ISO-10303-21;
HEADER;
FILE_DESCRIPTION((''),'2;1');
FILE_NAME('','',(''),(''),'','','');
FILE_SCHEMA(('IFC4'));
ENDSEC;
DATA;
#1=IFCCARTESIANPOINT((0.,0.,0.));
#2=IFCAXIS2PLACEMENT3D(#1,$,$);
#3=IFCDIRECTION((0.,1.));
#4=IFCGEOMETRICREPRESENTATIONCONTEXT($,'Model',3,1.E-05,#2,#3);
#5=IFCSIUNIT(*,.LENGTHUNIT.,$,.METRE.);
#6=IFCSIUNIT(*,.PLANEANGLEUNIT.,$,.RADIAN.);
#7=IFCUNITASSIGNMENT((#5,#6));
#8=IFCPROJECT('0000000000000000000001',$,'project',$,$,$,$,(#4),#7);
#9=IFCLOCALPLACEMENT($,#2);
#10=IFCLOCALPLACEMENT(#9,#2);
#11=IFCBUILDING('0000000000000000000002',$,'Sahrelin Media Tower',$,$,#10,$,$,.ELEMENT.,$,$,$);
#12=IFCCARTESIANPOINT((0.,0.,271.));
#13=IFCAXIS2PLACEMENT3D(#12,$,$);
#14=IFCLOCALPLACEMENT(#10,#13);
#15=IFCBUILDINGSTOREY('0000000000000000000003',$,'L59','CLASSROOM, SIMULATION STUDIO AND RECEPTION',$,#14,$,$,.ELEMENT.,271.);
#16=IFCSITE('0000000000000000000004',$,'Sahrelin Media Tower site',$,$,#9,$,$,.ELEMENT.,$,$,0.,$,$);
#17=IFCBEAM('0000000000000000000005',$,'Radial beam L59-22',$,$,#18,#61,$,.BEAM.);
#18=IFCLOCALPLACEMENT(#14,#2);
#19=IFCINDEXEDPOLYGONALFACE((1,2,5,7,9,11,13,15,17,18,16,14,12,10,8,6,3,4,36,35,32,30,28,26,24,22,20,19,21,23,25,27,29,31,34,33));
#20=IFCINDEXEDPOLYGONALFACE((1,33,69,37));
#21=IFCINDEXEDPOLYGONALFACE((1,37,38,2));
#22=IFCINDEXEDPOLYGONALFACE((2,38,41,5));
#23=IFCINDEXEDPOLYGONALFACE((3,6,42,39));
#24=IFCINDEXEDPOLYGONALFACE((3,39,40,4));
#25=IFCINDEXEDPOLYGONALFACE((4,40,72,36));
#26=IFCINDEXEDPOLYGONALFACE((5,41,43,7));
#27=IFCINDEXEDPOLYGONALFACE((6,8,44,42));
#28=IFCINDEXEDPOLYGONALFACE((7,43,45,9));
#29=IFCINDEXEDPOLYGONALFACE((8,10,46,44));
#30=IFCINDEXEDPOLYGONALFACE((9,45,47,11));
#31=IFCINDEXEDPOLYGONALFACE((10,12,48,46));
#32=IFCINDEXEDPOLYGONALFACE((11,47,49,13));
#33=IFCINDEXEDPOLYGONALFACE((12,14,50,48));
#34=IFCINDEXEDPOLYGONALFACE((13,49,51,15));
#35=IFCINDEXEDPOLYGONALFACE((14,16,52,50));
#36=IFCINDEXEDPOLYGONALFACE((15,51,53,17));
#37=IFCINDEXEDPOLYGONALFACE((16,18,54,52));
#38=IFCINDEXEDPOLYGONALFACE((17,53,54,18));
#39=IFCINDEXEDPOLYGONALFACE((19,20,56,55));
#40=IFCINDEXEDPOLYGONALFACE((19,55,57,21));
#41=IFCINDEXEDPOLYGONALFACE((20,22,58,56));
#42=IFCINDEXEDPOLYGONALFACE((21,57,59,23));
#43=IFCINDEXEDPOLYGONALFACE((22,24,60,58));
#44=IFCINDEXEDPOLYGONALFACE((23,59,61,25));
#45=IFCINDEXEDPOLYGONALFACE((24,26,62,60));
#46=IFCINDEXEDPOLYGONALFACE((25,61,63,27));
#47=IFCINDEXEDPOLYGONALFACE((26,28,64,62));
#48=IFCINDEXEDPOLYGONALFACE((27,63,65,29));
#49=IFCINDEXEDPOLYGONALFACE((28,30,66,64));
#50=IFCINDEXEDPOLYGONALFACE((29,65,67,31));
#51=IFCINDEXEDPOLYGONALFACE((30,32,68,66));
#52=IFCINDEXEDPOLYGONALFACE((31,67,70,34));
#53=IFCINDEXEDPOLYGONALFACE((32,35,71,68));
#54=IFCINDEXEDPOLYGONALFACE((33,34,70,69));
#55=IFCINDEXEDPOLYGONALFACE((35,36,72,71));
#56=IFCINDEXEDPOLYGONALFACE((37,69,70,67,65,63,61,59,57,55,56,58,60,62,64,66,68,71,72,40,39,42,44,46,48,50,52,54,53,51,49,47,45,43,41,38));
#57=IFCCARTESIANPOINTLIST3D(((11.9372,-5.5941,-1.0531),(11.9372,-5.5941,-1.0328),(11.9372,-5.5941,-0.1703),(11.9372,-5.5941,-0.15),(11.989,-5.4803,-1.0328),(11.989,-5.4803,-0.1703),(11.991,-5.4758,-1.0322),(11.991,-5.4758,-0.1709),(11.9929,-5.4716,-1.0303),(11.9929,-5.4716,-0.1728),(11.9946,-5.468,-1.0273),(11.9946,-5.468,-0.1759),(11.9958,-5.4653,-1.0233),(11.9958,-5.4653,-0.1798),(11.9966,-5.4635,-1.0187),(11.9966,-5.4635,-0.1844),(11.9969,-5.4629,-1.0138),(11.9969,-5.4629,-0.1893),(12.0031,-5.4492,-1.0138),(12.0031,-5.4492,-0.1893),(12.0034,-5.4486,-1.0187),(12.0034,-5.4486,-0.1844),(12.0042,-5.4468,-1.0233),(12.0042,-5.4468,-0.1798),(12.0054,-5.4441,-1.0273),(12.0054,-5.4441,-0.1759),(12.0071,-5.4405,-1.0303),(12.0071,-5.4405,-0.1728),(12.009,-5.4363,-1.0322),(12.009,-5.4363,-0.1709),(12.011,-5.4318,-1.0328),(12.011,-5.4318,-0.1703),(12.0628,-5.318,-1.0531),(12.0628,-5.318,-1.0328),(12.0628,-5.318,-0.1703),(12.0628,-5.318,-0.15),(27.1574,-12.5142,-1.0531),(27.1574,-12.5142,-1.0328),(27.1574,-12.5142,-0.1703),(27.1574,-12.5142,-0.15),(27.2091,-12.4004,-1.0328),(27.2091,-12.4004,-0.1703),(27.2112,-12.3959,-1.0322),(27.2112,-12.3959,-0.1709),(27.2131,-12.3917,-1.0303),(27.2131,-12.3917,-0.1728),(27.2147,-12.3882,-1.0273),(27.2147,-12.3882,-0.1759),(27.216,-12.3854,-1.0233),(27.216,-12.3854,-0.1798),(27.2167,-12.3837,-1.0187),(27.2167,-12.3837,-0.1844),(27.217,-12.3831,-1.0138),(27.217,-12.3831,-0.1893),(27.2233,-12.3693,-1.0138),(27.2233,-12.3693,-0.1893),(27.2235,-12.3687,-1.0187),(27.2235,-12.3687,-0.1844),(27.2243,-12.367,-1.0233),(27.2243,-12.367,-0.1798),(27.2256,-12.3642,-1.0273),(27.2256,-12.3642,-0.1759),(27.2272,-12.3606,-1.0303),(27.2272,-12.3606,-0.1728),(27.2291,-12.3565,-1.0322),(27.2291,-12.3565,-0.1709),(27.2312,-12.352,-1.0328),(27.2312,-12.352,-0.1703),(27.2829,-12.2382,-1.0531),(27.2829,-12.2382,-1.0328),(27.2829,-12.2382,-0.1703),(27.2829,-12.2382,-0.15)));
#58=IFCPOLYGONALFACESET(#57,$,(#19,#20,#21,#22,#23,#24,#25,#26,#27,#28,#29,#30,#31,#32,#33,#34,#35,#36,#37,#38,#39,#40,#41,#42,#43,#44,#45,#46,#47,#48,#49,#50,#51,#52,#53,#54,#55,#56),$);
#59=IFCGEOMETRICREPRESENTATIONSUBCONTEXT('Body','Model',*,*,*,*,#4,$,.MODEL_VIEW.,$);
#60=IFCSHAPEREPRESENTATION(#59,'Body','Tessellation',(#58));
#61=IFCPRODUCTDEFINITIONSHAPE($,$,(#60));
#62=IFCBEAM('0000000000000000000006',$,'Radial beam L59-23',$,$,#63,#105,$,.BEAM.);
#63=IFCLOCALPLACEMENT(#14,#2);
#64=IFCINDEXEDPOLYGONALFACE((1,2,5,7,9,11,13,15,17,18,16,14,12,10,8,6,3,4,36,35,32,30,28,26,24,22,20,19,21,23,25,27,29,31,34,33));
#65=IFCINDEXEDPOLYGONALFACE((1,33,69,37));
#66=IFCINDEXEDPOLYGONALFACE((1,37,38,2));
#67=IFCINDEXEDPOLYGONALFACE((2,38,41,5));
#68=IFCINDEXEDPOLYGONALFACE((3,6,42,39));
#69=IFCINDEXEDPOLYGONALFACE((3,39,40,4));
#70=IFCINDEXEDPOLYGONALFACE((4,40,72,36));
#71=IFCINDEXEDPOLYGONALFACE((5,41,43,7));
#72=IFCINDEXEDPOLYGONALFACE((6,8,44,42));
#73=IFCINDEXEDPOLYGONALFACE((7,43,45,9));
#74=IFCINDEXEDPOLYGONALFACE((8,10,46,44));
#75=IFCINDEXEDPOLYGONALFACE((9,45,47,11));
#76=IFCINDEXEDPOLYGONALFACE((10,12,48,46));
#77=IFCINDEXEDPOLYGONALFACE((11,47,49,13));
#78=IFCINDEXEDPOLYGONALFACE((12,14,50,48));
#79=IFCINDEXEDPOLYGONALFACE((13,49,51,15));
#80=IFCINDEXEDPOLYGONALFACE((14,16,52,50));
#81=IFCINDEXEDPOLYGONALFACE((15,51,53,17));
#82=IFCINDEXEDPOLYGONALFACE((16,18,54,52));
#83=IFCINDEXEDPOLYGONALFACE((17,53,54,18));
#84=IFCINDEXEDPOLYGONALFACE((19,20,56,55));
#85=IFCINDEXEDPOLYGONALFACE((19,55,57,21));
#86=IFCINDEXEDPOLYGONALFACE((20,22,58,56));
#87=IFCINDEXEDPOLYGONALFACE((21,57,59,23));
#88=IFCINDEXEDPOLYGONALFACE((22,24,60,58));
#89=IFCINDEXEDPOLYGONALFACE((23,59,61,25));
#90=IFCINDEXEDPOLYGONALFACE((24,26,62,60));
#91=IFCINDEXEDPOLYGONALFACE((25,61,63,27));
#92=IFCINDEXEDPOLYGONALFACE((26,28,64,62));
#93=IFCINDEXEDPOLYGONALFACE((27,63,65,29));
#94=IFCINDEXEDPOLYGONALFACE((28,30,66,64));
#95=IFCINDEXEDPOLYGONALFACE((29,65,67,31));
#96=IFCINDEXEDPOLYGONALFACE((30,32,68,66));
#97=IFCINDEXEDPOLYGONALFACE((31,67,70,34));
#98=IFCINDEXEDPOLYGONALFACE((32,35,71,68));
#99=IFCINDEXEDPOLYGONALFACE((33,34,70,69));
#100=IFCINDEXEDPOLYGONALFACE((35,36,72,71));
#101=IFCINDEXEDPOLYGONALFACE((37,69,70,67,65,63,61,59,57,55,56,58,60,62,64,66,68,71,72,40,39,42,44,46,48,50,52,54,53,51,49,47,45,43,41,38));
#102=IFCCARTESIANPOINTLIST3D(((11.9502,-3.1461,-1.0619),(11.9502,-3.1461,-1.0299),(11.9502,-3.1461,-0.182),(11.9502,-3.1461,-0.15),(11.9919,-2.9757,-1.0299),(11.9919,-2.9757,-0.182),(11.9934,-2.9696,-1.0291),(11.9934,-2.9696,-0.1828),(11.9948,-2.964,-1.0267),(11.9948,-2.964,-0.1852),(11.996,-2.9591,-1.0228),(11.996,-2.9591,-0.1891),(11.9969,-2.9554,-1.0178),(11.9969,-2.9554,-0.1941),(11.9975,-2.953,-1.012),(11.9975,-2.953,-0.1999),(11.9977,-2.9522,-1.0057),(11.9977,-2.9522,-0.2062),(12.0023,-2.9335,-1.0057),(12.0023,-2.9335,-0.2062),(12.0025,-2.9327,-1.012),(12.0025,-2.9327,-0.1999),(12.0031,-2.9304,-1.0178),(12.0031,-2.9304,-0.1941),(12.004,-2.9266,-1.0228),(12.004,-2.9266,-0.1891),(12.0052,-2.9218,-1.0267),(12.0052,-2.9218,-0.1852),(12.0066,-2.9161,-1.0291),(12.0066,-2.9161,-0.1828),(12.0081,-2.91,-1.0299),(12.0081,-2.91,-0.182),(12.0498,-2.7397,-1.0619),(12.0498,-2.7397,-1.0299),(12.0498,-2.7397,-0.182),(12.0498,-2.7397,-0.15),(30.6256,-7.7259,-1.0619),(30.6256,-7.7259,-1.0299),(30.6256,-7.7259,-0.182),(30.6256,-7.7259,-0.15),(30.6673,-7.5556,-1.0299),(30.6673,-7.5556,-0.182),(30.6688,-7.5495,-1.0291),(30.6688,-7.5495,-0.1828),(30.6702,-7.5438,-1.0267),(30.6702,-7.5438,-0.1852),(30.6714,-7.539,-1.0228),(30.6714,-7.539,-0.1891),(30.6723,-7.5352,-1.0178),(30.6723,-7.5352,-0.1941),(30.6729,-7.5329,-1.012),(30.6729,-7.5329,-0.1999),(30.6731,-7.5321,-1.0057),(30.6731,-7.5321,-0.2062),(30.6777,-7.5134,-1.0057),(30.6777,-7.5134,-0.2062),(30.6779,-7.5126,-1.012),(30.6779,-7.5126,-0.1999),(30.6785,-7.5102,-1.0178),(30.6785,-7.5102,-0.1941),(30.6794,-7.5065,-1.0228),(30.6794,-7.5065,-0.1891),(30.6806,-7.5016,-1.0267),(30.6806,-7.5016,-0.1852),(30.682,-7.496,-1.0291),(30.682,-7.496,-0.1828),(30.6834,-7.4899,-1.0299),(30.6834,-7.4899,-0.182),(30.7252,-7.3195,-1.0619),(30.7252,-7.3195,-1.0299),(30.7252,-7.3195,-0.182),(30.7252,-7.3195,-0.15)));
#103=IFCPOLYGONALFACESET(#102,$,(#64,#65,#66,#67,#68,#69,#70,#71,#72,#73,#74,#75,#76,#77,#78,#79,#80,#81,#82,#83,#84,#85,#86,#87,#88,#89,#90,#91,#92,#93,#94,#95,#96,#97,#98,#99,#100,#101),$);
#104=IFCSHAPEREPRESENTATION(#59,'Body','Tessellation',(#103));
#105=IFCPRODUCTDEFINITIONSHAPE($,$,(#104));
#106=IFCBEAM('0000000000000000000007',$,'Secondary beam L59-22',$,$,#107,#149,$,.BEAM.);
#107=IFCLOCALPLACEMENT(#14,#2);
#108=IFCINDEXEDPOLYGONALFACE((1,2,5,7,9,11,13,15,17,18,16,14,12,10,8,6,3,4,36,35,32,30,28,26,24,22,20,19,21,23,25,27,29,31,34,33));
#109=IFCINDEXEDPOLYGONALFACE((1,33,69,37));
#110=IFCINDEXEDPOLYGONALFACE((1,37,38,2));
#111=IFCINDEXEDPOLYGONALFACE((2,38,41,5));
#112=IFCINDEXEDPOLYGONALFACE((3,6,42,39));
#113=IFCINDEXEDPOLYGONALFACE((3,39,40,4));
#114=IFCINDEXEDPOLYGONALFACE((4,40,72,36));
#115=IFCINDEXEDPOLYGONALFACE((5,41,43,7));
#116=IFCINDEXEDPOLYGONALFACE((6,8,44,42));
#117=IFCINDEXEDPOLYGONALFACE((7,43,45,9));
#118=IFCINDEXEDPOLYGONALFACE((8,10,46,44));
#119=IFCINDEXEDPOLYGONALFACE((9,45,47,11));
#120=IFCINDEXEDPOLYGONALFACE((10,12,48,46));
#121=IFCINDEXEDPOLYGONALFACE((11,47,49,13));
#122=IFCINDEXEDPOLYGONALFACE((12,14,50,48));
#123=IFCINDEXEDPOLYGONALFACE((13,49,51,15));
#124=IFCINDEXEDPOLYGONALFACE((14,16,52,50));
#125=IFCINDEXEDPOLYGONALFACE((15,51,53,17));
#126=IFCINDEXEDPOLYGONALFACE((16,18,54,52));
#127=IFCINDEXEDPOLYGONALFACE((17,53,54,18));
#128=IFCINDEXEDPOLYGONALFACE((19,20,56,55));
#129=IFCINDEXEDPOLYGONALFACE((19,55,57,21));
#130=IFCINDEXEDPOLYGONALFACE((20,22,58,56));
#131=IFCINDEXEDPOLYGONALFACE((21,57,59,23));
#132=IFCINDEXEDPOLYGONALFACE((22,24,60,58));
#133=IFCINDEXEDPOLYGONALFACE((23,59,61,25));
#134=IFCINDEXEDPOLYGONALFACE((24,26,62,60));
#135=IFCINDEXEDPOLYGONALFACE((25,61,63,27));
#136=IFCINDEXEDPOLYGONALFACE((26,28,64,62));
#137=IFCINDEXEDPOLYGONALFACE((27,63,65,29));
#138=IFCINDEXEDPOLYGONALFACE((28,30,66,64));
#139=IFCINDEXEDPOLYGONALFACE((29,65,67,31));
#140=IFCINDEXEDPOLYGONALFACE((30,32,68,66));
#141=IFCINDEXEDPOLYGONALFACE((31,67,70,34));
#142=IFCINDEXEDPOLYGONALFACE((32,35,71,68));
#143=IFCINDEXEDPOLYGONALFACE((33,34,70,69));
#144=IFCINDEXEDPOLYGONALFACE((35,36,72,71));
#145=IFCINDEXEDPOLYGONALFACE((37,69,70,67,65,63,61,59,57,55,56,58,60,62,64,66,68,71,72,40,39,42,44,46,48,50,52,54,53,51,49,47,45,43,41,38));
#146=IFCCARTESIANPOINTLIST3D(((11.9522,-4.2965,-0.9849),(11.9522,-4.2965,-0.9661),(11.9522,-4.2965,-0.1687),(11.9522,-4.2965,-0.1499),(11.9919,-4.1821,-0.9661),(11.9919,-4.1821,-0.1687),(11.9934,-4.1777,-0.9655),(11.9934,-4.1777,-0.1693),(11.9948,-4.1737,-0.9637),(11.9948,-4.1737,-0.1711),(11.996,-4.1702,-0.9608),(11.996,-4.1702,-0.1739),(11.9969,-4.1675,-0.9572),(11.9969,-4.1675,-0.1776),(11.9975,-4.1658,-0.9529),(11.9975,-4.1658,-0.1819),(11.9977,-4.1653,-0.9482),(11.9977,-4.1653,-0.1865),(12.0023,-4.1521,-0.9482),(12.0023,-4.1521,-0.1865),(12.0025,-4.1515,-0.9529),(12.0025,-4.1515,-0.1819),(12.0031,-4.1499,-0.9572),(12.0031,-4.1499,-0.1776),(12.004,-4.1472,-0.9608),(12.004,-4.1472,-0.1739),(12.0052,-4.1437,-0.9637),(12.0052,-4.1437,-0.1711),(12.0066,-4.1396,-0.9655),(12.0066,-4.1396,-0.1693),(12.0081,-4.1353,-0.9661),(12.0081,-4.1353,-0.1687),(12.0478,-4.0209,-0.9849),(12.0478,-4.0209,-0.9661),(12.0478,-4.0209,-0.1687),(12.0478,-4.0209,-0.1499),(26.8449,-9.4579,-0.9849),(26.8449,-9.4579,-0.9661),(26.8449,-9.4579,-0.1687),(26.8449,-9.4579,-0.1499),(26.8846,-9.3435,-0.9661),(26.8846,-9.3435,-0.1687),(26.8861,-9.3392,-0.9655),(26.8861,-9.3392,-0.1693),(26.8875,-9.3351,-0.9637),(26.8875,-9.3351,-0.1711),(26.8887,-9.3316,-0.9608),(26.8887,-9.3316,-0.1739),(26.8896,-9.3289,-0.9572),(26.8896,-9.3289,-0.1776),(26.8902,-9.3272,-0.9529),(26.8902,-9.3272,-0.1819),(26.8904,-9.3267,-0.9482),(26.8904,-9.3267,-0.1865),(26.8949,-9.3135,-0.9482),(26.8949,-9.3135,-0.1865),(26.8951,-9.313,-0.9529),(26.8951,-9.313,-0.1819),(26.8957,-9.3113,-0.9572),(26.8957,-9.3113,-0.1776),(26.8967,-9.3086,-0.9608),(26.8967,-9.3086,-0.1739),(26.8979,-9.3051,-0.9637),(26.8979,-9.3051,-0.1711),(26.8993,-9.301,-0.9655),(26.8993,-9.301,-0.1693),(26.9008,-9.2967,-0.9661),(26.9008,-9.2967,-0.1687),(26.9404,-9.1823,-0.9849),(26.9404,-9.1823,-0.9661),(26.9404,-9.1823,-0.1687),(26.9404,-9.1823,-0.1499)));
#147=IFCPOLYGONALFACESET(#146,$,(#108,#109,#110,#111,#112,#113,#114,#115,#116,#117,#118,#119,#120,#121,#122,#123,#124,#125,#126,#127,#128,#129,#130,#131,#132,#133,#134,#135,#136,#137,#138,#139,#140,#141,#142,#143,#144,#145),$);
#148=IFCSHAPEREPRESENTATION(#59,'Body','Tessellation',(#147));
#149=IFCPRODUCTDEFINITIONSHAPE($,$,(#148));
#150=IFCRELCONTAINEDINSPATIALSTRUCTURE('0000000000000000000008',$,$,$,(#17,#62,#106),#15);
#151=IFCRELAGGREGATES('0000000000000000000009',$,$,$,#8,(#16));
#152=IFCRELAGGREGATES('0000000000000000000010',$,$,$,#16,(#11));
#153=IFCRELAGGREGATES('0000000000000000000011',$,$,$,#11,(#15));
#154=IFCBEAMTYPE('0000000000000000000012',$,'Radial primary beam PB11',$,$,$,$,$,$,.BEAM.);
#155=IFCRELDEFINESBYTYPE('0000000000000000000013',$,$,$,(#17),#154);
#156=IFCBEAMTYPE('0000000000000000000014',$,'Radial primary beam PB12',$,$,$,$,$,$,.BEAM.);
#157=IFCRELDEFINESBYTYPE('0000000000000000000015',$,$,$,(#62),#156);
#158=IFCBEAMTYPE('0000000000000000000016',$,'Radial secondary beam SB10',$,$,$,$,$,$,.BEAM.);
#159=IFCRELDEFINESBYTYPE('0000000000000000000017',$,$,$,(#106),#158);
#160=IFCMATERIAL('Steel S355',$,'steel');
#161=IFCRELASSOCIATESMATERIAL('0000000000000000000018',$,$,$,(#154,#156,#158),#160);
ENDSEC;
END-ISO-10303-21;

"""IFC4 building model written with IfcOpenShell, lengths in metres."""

from ifc_helpers import new_model, si_unit, direction, frame, origin, origin_2d, place, context, subcontext, project, spatial, i_section, extrude, material, material_profile, profile_set, type_object, element, save


model = new_model("IFC4")

# Units and contexts
model_context = context("Model", 3, precision=1e-05, world=origin(), true_north=direction((0.0, 1.0)))
body_context = subcontext(model_context, "Body", "Model", "MODEL_VIEW")
ifc_project = project(units=[si_unit("LENGTHUNIT", "METRE"), si_unit("PLANEANGLEUNIT", "RADIAN")], contexts=[model_context])

# Site, building, storey
site_placement = place(None, origin())
site = spatial("IfcSite", under=ifc_project, at=site_placement, Name="Sahrelin Media Tower site", CompositionType="ELEMENT", RefElevation=0.0)
building_placement = place(site_placement, origin())
building = spatial("IfcBuilding", under=site, at=building_placement, Name="Sahrelin Media Tower", CompositionType="ELEMENT")
storey_placement = place(building_placement, frame((0.0, 0.0, 271.0)))
storey = spatial("IfcBuildingStorey", under=building, at=storey_placement, Name="L59", Description="CLASSROOM, SIMULATION STUDIO AND RECEPTION", CompositionType="ELEMENT", Elevation=271.0)

# Beams
ifc_material_1 = material(Name="Steel S355", Category="steel")
ifc_material_profile_1 = material_profile(ifc_material_1, i_section(OverallWidth=0.3032, OverallDepth=0.9031, WebThickness=0.0151, FlangeThickness=0.0203, FilletRadius=0.019, at=origin_2d()), Name="UB 914x305x201")
ifc_profile_set_1 = profile_set([ifc_material_profile_1], Name="Steel S355")
beam_type_1 = type_object("IfcBeamType", Name="Radial primary beam PB11", PredefinedType="BEAM", material=ifc_profile_set_1)
beam_1_placement = place(storey_placement, frame((12.0, -5.4561, -0.6016), z_axis=(0.910324, -0.413896, 0.0), x_axis=(0.413896, 0.910324, 0.0)))
element("IfcBeam", 1, at=beam_1_placement, inside=storey, type_object=beam_type_1, Name="Radial beam L59-22", PredefinedType="BEAM", context=body_context, shape_type="SweptSolid", body=[
    extrude(i_section(OverallWidth=0.3032, OverallDepth=0.9031, WebThickness=0.0151, FlangeThickness=0.0203, FilletRadius=0.019, at=origin_2d()), origin(), (0.0, 0.0, 1.0), 16.7195),
])
ifc_material_profile_2 = material_profile(ifc_material_1, i_section(OverallWidth=0.4185, OverallDepth=0.9119, WebThickness=0.0193, FlangeThickness=0.032, FilletRadius=0.0242, at=origin_2d()), Name="UB 914x419x343")
ifc_profile_set_2 = profile_set([ifc_material_profile_2], Name="Steel S355")
beam_type_2 = type_object("IfcBeamType", Name="Radial primary beam PB12", PredefinedType="BEAM", material=ifc_profile_set_2)
beam_2_placement = place(storey_placement, frame((12.0, -2.9429, -0.606), z_axis=(0.971222, -0.238177, 0.0), x_axis=(0.238177, 0.971222, 0.0)))
element("IfcBeam", 2, at=beam_2_placement, inside=storey, type_object=beam_type_2, Name="Radial beam L59-23", PredefinedType="BEAM", context=body_context, shape_type="SweptSolid", body=[
    extrude(i_section(OverallWidth=0.4185, OverallDepth=0.9119, WebThickness=0.0193, FlangeThickness=0.032, FilletRadius=0.0242, at=origin_2d()), origin(), (0.0, 0.0, 1.0), 19.2288),
])
ifc_material_profile_3 = material_profile(ifc_material_1, i_section(OverallWidth=0.2917, OverallDepth=0.835, WebThickness=0.0139, FlangeThickness=0.0188, FilletRadius=0.0178, at=origin_2d()), Name="UB 838x292x176")
ifc_profile_set_3 = profile_set([ifc_material_profile_3], Name="Steel S355")
beam_type_3 = type_object("IfcBeamType", Name="Radial secondary beam SB10", PredefinedType="BEAM", material=ifc_profile_set_3)
beam_3_placement = place(storey_placement, frame((12.0, -4.1587, -0.5674), z_axis=(0.944863, -0.327465, 0.0), x_axis=(0.327465, 0.944863, 0.0)))
element("IfcBeam", 3, at=beam_3_placement, inside=storey, type_object=beam_type_3, Name="Secondary beam L59-22", PredefinedType="BEAM", context=body_context, shape_type="SweptSolid", body=[
    extrude(i_section(OverallWidth=0.2917, OverallDepth=0.835, WebThickness=0.0139, FlangeThickness=0.0188, FilletRadius=0.0178, at=origin_2d()), origin(), (0.0, 0.0, 1.0), 15.7617),
])

save(model, "model.ifc")
